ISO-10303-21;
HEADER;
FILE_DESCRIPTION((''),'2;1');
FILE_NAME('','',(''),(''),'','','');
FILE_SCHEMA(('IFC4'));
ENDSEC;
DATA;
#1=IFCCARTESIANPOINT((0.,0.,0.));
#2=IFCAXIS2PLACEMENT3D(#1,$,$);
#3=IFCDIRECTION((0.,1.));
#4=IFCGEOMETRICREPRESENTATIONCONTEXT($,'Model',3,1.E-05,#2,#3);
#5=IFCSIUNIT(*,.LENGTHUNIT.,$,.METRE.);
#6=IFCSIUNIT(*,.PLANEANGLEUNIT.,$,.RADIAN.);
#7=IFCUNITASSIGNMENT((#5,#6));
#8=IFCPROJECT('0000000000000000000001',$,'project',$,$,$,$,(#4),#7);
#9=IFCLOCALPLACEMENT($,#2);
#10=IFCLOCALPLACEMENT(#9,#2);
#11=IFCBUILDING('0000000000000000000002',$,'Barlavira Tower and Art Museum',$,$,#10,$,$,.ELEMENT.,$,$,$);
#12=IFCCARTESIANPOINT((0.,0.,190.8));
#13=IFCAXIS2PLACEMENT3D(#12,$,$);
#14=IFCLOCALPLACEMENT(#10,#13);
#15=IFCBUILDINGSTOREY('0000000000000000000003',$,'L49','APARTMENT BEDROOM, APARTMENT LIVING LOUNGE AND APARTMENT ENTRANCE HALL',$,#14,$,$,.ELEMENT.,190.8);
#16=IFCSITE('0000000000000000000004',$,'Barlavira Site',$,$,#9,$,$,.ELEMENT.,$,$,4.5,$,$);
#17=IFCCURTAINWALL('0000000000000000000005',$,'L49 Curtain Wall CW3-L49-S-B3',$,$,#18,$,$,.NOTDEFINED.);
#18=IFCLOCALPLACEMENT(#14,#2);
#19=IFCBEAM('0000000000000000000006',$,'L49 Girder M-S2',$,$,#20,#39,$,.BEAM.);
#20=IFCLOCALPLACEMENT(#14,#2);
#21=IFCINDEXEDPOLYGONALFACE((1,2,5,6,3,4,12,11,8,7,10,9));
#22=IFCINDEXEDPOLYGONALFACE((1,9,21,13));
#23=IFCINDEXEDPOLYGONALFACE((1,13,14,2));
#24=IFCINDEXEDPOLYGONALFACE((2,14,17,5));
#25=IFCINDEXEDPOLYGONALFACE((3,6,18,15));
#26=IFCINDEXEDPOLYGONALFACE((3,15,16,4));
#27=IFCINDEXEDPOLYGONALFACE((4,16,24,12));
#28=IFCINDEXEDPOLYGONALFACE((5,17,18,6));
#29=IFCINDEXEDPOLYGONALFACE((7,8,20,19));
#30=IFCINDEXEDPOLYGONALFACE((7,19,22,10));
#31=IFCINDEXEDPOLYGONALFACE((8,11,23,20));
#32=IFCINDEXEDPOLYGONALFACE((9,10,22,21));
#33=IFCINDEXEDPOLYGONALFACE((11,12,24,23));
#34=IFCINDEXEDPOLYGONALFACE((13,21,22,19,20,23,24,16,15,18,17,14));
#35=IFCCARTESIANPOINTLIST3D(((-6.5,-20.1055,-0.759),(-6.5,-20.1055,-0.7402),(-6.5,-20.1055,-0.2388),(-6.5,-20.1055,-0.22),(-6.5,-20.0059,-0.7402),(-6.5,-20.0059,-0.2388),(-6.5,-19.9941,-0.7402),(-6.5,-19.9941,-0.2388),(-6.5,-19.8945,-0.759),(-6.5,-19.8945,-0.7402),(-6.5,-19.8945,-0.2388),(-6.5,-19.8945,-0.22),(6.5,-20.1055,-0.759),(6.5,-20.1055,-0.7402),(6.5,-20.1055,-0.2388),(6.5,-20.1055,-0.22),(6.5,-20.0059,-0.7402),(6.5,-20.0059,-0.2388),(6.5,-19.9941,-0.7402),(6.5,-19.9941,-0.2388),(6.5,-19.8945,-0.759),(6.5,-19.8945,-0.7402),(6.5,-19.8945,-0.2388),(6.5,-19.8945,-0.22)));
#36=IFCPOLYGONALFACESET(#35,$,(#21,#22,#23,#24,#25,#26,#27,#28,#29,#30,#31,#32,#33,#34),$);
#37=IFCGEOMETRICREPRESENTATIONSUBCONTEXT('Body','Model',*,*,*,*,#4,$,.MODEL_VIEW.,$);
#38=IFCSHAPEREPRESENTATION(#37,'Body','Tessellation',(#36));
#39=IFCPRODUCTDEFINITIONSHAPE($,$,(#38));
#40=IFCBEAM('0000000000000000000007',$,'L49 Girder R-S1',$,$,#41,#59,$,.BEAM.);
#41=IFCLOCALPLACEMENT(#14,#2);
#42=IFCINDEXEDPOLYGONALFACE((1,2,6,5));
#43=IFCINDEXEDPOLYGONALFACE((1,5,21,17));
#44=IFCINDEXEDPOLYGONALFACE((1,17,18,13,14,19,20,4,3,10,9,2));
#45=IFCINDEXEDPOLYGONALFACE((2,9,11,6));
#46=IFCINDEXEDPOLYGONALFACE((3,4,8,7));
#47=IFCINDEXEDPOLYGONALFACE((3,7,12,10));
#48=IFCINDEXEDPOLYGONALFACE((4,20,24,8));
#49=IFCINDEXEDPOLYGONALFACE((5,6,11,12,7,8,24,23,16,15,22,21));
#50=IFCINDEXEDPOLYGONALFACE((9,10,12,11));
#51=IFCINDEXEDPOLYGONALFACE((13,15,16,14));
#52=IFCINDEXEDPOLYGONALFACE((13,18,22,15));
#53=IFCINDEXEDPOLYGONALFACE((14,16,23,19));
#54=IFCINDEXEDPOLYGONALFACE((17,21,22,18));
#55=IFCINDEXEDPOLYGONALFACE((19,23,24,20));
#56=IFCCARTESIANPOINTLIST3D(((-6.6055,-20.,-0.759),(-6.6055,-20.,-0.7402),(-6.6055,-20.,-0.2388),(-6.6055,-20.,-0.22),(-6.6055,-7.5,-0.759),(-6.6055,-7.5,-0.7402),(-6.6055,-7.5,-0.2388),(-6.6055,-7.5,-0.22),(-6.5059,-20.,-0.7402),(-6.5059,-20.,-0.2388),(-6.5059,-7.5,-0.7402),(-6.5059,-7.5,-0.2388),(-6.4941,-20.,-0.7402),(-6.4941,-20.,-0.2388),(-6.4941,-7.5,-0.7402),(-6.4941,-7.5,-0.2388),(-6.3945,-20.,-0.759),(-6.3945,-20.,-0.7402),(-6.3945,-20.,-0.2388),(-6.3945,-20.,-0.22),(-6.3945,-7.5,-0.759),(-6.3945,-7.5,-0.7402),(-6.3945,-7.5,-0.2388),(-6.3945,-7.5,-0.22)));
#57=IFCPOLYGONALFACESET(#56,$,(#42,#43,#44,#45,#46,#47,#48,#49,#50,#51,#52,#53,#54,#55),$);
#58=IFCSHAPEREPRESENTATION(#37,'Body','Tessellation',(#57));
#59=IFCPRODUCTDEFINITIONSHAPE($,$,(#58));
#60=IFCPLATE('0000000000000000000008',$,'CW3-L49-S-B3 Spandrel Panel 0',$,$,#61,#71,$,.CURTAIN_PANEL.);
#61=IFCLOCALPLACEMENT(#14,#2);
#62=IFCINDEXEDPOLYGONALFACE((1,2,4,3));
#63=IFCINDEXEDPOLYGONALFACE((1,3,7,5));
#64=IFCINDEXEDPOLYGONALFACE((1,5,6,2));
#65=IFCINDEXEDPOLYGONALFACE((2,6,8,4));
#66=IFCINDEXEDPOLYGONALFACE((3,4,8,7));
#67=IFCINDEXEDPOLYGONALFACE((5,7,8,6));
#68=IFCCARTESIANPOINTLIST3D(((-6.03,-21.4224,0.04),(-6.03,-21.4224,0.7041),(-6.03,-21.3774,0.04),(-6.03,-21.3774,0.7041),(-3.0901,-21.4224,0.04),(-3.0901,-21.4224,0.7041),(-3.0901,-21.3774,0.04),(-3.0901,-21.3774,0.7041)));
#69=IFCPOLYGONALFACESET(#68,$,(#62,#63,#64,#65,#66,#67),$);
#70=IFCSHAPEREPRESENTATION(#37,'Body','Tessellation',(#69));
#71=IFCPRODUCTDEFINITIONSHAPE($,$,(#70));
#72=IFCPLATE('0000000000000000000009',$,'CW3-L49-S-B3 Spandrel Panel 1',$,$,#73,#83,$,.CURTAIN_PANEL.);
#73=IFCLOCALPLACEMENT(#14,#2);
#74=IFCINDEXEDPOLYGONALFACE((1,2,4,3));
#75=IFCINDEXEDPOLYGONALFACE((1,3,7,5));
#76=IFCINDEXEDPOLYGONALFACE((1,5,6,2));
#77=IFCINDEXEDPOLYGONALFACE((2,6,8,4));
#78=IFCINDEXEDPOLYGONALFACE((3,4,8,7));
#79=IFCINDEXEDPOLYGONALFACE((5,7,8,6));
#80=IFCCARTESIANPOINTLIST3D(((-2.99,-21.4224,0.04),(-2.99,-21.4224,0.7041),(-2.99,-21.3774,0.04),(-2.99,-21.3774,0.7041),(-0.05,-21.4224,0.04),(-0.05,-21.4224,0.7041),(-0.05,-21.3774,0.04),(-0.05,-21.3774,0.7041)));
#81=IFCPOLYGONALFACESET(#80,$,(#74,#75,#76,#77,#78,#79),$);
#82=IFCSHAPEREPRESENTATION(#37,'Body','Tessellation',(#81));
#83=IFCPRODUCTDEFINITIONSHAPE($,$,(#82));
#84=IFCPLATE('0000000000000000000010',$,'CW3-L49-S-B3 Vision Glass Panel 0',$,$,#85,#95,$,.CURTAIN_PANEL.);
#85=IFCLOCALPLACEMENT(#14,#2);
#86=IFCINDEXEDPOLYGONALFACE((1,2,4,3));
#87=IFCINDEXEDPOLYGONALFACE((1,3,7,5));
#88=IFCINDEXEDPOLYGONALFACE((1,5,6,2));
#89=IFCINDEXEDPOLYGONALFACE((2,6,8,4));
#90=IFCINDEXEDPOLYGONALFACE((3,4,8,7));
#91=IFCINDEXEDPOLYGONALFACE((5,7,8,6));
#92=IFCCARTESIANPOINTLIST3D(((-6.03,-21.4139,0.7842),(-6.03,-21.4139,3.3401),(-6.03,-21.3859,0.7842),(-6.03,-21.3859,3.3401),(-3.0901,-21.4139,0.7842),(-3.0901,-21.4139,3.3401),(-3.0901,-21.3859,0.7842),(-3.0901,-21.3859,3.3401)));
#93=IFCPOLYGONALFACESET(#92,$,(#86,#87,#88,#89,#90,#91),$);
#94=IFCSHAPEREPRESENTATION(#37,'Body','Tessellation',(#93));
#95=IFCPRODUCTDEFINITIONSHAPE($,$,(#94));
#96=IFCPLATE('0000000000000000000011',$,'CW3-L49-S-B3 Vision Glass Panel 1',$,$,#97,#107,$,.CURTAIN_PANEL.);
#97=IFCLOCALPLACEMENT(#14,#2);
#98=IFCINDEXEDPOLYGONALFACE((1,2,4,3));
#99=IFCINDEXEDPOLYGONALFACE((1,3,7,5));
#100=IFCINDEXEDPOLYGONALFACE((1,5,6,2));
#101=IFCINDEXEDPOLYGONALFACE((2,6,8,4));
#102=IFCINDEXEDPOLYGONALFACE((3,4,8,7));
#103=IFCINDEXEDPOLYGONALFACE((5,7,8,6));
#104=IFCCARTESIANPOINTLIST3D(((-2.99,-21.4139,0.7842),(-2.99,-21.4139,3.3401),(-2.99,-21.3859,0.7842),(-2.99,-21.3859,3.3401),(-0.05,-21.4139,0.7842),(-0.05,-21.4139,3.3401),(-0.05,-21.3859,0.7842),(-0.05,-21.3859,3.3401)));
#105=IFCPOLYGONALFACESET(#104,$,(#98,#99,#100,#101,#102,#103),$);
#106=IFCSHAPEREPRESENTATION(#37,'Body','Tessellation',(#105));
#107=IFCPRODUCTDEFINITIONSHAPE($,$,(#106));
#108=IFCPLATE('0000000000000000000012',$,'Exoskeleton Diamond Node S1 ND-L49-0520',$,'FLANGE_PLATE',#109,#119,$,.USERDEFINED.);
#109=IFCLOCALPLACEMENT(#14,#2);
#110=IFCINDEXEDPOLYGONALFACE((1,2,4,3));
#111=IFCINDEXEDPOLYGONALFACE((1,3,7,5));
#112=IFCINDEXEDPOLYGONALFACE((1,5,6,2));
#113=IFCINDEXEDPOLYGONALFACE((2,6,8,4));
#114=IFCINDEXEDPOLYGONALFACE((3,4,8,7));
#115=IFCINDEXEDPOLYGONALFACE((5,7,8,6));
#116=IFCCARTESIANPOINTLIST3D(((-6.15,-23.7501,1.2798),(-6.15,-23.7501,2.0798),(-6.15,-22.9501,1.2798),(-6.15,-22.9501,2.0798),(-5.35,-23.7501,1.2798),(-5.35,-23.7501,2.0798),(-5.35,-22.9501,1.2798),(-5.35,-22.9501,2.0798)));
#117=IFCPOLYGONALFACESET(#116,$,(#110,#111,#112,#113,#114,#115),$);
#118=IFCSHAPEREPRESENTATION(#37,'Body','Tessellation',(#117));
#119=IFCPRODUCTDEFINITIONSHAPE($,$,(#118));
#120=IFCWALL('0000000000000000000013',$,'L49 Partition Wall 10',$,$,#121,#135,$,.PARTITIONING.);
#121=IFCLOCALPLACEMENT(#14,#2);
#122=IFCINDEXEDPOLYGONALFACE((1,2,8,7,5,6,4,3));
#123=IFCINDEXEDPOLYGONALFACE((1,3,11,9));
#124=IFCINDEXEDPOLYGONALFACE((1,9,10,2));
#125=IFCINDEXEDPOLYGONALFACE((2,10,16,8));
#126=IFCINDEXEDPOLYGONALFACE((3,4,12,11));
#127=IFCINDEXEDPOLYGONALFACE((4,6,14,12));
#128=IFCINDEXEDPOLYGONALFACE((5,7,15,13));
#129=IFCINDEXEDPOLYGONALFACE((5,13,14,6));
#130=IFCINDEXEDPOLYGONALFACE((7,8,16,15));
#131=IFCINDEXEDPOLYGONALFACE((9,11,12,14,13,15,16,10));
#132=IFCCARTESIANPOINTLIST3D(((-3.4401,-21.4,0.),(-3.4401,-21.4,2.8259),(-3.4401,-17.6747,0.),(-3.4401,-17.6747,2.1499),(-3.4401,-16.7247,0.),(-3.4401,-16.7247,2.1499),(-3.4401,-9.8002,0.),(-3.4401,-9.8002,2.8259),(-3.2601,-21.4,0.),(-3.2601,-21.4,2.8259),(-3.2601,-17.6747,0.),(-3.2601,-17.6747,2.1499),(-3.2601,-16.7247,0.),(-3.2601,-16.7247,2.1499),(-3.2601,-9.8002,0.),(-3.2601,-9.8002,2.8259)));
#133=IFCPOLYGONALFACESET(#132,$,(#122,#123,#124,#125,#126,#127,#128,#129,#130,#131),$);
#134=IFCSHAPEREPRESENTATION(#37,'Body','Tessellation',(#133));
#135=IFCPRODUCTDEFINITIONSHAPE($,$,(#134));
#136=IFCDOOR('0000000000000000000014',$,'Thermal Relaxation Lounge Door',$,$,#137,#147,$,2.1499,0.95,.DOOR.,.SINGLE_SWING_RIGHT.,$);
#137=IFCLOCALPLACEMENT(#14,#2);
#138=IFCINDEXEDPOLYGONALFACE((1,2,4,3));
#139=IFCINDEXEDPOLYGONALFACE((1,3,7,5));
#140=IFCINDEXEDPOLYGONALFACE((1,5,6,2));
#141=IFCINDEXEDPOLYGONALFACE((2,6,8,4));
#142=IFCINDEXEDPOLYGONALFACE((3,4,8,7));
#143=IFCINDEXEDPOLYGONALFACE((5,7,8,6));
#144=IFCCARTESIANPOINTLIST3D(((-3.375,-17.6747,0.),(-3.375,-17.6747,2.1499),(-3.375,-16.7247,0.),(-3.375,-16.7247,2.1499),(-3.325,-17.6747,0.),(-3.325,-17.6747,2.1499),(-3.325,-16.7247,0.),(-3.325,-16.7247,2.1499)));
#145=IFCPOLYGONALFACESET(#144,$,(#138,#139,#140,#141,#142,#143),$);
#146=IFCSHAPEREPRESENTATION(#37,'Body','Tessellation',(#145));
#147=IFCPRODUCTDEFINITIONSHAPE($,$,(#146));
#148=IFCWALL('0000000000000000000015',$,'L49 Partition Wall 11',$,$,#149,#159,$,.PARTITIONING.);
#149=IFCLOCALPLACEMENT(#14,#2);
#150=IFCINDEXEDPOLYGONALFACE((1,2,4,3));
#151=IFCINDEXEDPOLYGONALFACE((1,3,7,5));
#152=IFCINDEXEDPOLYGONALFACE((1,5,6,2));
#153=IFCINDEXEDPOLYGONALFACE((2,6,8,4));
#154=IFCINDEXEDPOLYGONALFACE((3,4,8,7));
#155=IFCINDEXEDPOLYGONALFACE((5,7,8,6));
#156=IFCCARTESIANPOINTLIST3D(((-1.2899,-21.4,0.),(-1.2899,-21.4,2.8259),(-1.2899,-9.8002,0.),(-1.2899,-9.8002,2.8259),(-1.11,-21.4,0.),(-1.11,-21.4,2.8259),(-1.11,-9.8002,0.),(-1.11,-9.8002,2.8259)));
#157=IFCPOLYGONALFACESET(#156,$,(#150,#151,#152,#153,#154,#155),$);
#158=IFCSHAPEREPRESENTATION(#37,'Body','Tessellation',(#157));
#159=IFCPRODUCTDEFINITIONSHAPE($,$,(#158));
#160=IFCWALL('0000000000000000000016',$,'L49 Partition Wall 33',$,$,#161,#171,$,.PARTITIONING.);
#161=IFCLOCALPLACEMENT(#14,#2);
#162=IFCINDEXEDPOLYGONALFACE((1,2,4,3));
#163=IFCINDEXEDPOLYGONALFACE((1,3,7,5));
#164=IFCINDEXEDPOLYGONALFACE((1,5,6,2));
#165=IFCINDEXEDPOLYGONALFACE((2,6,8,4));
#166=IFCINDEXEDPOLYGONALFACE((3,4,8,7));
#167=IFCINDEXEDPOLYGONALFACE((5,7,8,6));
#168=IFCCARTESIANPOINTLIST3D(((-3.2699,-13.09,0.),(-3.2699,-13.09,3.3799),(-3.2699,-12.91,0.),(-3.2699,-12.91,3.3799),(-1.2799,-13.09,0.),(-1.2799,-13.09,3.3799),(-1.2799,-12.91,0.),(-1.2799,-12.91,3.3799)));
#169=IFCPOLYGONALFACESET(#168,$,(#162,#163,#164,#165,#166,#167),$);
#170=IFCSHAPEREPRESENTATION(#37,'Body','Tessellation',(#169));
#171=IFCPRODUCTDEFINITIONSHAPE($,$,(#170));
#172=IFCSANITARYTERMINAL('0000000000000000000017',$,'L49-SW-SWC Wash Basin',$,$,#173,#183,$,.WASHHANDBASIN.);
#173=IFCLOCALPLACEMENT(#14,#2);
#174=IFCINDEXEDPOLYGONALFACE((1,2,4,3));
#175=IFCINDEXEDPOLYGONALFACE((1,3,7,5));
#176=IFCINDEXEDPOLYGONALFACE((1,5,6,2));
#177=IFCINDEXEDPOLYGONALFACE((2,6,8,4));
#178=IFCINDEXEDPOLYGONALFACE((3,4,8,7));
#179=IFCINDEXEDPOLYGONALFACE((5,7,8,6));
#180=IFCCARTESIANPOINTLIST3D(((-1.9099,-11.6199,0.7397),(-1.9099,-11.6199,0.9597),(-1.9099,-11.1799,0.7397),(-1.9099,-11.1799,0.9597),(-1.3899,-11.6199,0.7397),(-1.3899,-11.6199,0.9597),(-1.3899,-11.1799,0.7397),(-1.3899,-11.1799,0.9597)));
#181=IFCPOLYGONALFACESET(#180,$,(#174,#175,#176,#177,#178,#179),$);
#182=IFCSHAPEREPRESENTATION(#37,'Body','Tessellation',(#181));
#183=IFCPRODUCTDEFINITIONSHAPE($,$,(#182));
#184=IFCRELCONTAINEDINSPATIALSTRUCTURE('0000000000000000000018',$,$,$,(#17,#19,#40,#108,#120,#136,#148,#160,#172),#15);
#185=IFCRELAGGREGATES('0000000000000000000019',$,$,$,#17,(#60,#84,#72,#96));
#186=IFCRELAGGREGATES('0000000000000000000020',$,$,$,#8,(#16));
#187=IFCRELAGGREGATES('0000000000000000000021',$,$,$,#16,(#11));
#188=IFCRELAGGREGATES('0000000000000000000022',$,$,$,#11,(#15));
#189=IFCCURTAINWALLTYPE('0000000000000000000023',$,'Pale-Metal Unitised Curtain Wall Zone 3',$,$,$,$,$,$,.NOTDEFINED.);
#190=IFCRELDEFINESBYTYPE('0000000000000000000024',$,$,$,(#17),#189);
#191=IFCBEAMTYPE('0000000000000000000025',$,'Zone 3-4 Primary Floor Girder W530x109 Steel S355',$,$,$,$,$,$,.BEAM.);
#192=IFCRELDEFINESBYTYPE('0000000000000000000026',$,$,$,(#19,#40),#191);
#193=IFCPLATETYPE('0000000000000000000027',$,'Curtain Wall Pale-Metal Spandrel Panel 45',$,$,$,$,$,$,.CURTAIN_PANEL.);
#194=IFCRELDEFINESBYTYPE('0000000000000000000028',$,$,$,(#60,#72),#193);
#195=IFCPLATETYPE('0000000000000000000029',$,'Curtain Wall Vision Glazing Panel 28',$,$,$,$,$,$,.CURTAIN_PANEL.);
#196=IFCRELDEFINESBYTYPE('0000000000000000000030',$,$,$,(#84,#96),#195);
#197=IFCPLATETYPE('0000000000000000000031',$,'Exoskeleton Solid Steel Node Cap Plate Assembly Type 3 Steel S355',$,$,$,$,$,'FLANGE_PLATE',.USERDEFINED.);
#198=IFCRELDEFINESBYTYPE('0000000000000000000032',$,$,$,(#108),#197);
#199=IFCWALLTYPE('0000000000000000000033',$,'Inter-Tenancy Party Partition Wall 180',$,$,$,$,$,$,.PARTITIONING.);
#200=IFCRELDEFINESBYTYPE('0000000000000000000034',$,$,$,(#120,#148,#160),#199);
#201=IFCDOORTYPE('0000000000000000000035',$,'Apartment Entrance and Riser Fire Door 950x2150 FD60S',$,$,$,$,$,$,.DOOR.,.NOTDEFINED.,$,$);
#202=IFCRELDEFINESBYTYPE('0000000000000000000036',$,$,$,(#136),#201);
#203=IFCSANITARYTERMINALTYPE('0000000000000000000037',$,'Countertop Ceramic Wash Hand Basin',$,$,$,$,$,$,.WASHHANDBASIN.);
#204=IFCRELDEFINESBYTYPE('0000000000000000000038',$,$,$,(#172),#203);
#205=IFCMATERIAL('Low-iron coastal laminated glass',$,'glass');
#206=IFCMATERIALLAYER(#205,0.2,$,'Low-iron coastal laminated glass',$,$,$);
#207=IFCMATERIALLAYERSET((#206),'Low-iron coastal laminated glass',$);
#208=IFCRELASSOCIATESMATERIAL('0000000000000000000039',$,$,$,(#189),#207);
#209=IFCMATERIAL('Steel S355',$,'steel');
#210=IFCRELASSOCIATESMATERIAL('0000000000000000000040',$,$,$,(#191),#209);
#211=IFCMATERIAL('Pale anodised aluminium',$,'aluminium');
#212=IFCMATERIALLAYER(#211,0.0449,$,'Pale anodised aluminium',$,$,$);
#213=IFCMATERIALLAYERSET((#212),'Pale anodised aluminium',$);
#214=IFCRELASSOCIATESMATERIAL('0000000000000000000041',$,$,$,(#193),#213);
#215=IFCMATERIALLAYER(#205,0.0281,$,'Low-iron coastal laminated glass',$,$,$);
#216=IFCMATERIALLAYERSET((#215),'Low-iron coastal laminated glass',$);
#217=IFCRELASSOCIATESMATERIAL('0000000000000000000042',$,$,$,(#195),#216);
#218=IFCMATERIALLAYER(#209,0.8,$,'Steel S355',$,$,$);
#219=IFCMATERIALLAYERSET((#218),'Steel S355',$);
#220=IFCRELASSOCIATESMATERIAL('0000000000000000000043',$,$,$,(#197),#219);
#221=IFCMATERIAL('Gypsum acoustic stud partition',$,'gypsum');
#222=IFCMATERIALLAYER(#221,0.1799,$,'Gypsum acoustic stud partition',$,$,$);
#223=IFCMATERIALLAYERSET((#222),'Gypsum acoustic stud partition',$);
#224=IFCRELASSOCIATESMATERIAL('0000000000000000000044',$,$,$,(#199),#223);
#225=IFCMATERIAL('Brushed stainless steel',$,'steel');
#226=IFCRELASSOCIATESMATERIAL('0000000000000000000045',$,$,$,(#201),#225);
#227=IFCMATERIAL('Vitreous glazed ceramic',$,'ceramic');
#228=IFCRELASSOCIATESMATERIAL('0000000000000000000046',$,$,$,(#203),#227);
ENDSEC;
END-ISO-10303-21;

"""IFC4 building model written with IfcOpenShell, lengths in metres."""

from ifc_helpers import new_model, si_unit, direction, frame, frame_2d, origin, origin_2d, place, context, subcontext, project, spatial, rectangle, i_section, extrude, material, layer, layer_set, material_profile, profile_set, type_object, element, fill, aggregate, save


model = new_model("IFC4")

# Units and contexts
model_context = context("Model", 3, precision=1e-05, world=origin(), true_north=direction((0.0, 1.0)))
body_context = subcontext(model_context, "Body", "Model", "MODEL_VIEW")
ifc_project = project(units=[si_unit("LENGTHUNIT", "METRE"), si_unit("PLANEANGLEUNIT", "RADIAN")], contexts=[model_context])

# Site, building, storey
site_placement = place(None, origin())
site = spatial("IfcSite", under=ifc_project, at=site_placement, Name="Barlavira Site", CompositionType="ELEMENT", RefElevation=4.5)
building_placement = place(site_placement, origin())
building = spatial("IfcBuilding", under=site, at=building_placement, Name="Barlavira Tower and Art Museum", CompositionType="ELEMENT")
storey_placement = place(building_placement, frame((0.0, 0.0, 190.8)))
storey = spatial("IfcBuildingStorey", under=building, at=storey_placement, Name="L49", Description="APARTMENT BEDROOM, APARTMENT LIVING LOUNGE AND APARTMENT ENTRANCE HALL", CompositionType="ELEMENT", Elevation=190.8)

# Curtain wall
ifc_material_1 = material(Name="Low-iron coastal laminated glass", Category="glass")
ifc_layer_1 = layer(ifc_material_1, 0.2, Name="Low-iron coastal laminated glass")
ifc_layer_set_1 = layer_set([ifc_layer_1], Name="Low-iron coastal laminated glass")
curtain_wall_type = type_object("IfcCurtainWallType", Name="Pale-Metal Unitised Curtain Wall Zone 3", PredefinedType="NOTDEFINED", material=ifc_layer_set_1)
curtain_wall_placement = place(storey_placement, origin())
curtain_wall = element("IfcCurtainWall", 1, at=curtain_wall_placement, inside=storey, type_object=curtain_wall_type, Name="L49 Curtain Wall CW3-L49-S-B3", PredefinedType="NOTDEFINED")
ifc_material_2 = material(Name="Pale anodised aluminium", Category="aluminium")

# Beams
ifc_material_3 = material(Name="Steel S355", Category="steel")
ifc_material_profile_1 = material_profile(ifc_material_3, i_section(OverallWidth=0.2109, OverallDepth=0.5391, WebThickness=0.0117, FlangeThickness=0.0188, at=origin_2d()), Name="W530x109.0")
ifc_profile_set_1 = profile_set([ifc_material_profile_1], Name="Steel S355")
beam_type_1 = type_object("IfcBeamType", Name="Zone 3-4 Primary Floor Girder W530x109 Steel S355", PredefinedType="BEAM", material=ifc_profile_set_1)
beam_1_placement = place(storey_placement, frame((-6.5, -20.0, -0.4895), z_axis=(1.0, 0.0, 0.0), x_axis=(0.0, 1.0, 0.0)))
element("IfcBeam", 2, at=beam_1_placement, inside=storey, type_object=beam_type_1, Name="L49 Girder M-S2", PredefinedType="BEAM", context=body_context, shape_type="SweptSolid", body=[
    extrude(i_section(OverallWidth=0.2109, OverallDepth=0.5391, WebThickness=0.0117, FlangeThickness=0.0188, at=origin_2d()), origin(), (0.0, 0.0, 1.0), 13.0),
])
beam_2_placement = place(storey_placement, frame((-6.5, -20.0, -0.4895), z_axis=(0.0, 1.0, 0.0), x_axis=(-1.0, 0.0, 0.0)))
element("IfcBeam", 3, at=beam_2_placement, inside=storey, type_object=beam_type_1, Name="L49 Girder R-S1", PredefinedType="BEAM", context=body_context, shape_type="SweptSolid", body=[
    extrude(i_section(OverallWidth=0.2109, OverallDepth=0.5391, WebThickness=0.0117, FlangeThickness=0.0188, at=origin_2d()), origin(), (0.0, 0.0, 1.0), 12.5),
])

# Plates
ifc_layer_2 = layer(ifc_material_2, 0.0449, Name="Pale anodised aluminium")
ifc_layer_set_2 = layer_set([ifc_layer_2], Name="Pale anodised aluminium")
plate_type_1 = type_object("IfcPlateType", Name="Curtain Wall Pale-Metal Spandrel Panel 45", PredefinedType="CURTAIN_PANEL", material=ifc_layer_set_2)
plate_1_placement = place(storey_placement, frame((-4.5601, -21.3999, 0.04), z_axis=(0.0, 0.0, 1.0), x_axis=(1.0, 0.0, 0.0)))
plate_1 = element("IfcPlate", 4, at=plate_1_placement, type_object=plate_type_1, Name="CW3-L49-S-B3 Spandrel Panel 0", PredefinedType="CURTAIN_PANEL", context=body_context, shape_type="SweptSolid", body=[
    extrude(rectangle(XDim=2.9399, YDim=0.0449, at=origin_2d()), origin(), (0.0, 0.0, 1.0), 0.6641),
])
plate_2_placement = place(storey_placement, frame((-1.52, -21.3999, 0.04), z_axis=(0.0, 0.0, 1.0), x_axis=(1.0, 0.0, 0.0)))
plate_2 = element("IfcPlate", 5, at=plate_2_placement, type_object=plate_type_1, Name="CW3-L49-S-B3 Spandrel Panel 1", PredefinedType="CURTAIN_PANEL", context=body_context, shape_type="SweptSolid", body=[
    extrude(rectangle(XDim=2.9399, YDim=0.0449, at=origin_2d()), origin(), (0.0, 0.0, 1.0), 0.6641),
])
ifc_layer_3 = layer(ifc_material_1, 0.0281, Name="Low-iron coastal laminated glass")
ifc_layer_set_3 = layer_set([ifc_layer_3], Name="Low-iron coastal laminated glass")
plate_type_2 = type_object("IfcPlateType", Name="Curtain Wall Vision Glazing Panel 28", PredefinedType="CURTAIN_PANEL", material=ifc_layer_set_3)
plate_3_placement = place(storey_placement, frame((-4.5601, -21.3999, 0.7842), z_axis=(0.0, 0.0, 1.0), x_axis=(1.0, 0.0, 0.0)))
plate_3 = element("IfcPlate", 6, at=plate_3_placement, type_object=plate_type_2, Name="CW3-L49-S-B3 Vision Glass Panel 0", PredefinedType="CURTAIN_PANEL", context=body_context, shape_type="SweptSolid", body=[
    extrude(rectangle(XDim=2.9399, YDim=0.0281, at=origin_2d()), origin(), (0.0, 0.0, 1.0), 2.5559),
])
plate_4_placement = place(storey_placement, frame((-1.52, -21.3999, 0.7842), z_axis=(0.0, 0.0, 1.0), x_axis=(1.0, 0.0, 0.0)))
plate_4 = element("IfcPlate", 7, at=plate_4_placement, type_object=plate_type_2, Name="CW3-L49-S-B3 Vision Glass Panel 1", PredefinedType="CURTAIN_PANEL", context=body_context, shape_type="SweptSolid", body=[
    extrude(rectangle(XDim=2.9399, YDim=0.0281, at=origin_2d()), origin(), (0.0, 0.0, 1.0), 2.5559),
])
aggregate(curtain_wall, [plate_1, plate_3, plate_2, plate_4])
ifc_layer_4 = layer(ifc_material_3, 0.8, Name="Steel S355")
ifc_layer_set_4 = layer_set([ifc_layer_4], Name="Steel S355")
plate_type_3 = type_object("IfcPlateType", Name="Exoskeleton Solid Steel Node Cap Plate Assembly Type 3 Steel S355", ElementType="FLANGE_PLATE", PredefinedType="USERDEFINED", material=ifc_layer_set_4)
plate_5_placement = place(storey_placement, frame((-5.75, -23.3501, 1.2798), z_axis=(0.0, 0.0, 1.0), x_axis=(1.0, 0.0, 0.0)))
element("IfcPlate", 8, at=plate_5_placement, inside=storey, type_object=plate_type_3, Name="Exoskeleton Diamond Node S1 ND-L49-0520", ObjectType="FLANGE_PLATE", PredefinedType="USERDEFINED", context=body_context, shape_type="SweptSolid", body=[
    extrude(rectangle(XDim=0.8, YDim=0.8, at=origin_2d()), origin(), (0.0, 0.0, 1.0), 0.8),
])

# Wall, opening, door
ifc_material_4 = material(Name="Gypsum acoustic stud partition", Category="gypsum")
ifc_layer_5 = layer(ifc_material_4, 0.1799, Name="Gypsum acoustic stud partition")
ifc_layer_set_5 = layer_set([ifc_layer_5], Name="Gypsum acoustic stud partition")
wall_type = type_object("IfcWallType", Name="Inter-Tenancy Party Partition Wall 180", PredefinedType="PARTITIONING", material=ifc_layer_set_5)
wall_1_placement = place(storey_placement, frame((-3.3501, -21.3999, 0.0), z_axis=(0.0, 0.0, 1.0), x_axis=(0.0, 1.0, 0.0)))
wall_1 = element("IfcWall", 9, at=wall_1_placement, inside=storey, type_object=wall_type, Name="L49 Partition Wall 10", PredefinedType="PARTITIONING", context=body_context, shape_type="SweptSolid", body=[
    extrude(rectangle(XDim=11.5999, YDim=0.1799, at=frame_2d((5.7998, 0.0))), origin(), (0.0, 0.0, 1.0), 2.8259),
])
opening_1_placement = place(wall_1_placement, frame((3.7251, 0.0, 0.0)))
opening_1 = element("IfcOpeningElement", 10, at=opening_1_placement, cuts=wall_1, PredefinedType="OPENING", context=body_context, shape_type="SweptSolid", body=[
    extrude(rectangle(XDim=0.95, YDim=2.1499, at=frame_2d((0.4751, 1.075))), frame((0.0, 0.1001, 0.0), z_axis=(0.0, -1.0, 0.0), x_axis=(1.0, 0.0, 0.0)), (0.0, 0.0, 1.0), 0.2),
])
ifc_material_5 = material(Name="Brushed stainless steel", Category="steel")
door_type = type_object("IfcDoorType", Name="Apartment Entrance and Riser Fire Door 950x2150 FD60S", OperationType="NOTDEFINED", PredefinedType="DOOR", material=ifc_material_5)
door_1_placement = place(opening_1_placement, origin())
door_1 = element("IfcDoor", 11, at=door_1_placement, inside=storey, type_object=door_type, Name="Thermal Relaxation Lounge Door", OperationType="SINGLE_SWING_RIGHT", OverallHeight=2.1499, OverallWidth=0.95, PredefinedType="DOOR", context=body_context, shape_type="SweptSolid", body=[
    extrude(rectangle(XDim=0.95, YDim=2.1499, at=frame_2d((0.4751, 1.075))), frame((0.0, 0.0249, 0.0), z_axis=(0.0, -1.0, 0.0), x_axis=(1.0, 0.0, 0.0)), (0.0, 0.0, 1.0), 0.05),
])
fill(opening_1, door_1)

# Wall
wall_2_placement = place(storey_placement, frame((-1.2, -21.3999, 0.0), z_axis=(0.0, 0.0, 1.0), x_axis=(0.0, 1.0, 0.0)))
element("IfcWall", 12, at=wall_2_placement, inside=storey, type_object=wall_type, Name="L49 Partition Wall 11", PredefinedType="PARTITIONING", context=body_context, shape_type="SweptSolid", body=[
    extrude(rectangle(XDim=11.5999, YDim=0.1799, at=frame_2d((5.7998, 0.0))), origin(), (0.0, 0.0, 1.0), 2.8259),
])

# Wall
wall_3_placement = place(storey_placement, frame((-3.27, -13.0, 0.0), z_axis=(0.0, 0.0, 1.0), x_axis=(1.0, 0.0, 0.0)))
element("IfcWall", 13, at=wall_3_placement, inside=storey, type_object=wall_type, Name="L49 Partition Wall 33", PredefinedType="PARTITIONING", context=body_context, shape_type="SweptSolid", body=[
    extrude(rectangle(XDim=1.99, YDim=0.1799, at=frame_2d((0.9951, 0.0))), origin(), (0.0, 0.0, 1.0), 3.3799),
])

# Sanitary terminal
ifc_material_6 = material(Name="Vitreous glazed ceramic", Category="ceramic")
sanitary_terminal_type_1 = type_object("IfcSanitaryTerminalType", Name="Countertop Ceramic Wash Hand Basin", PredefinedType="WASHHANDBASIN", material=ifc_material_6)
sanitary_terminal_1_placement = place(storey_placement, frame((-1.6499, -11.3999, 0.7397), z_axis=(0.0, 0.0, 1.0), x_axis=(1.0, 0.0, 0.0)))
element("IfcSanitaryTerminal", 14, at=sanitary_terminal_1_placement, inside=storey, type_object=sanitary_terminal_type_1, Name="L49-SW-SWC Wash Basin", PredefinedType="WASHHANDBASIN", context=body_context, shape_type="SweptSolid", body=[
    extrude(rectangle(XDim=0.52, YDim=0.4399, at=origin_2d()), origin(), (0.0, 0.0, 1.0), 0.22),
])

save(model, "model.ifc")
